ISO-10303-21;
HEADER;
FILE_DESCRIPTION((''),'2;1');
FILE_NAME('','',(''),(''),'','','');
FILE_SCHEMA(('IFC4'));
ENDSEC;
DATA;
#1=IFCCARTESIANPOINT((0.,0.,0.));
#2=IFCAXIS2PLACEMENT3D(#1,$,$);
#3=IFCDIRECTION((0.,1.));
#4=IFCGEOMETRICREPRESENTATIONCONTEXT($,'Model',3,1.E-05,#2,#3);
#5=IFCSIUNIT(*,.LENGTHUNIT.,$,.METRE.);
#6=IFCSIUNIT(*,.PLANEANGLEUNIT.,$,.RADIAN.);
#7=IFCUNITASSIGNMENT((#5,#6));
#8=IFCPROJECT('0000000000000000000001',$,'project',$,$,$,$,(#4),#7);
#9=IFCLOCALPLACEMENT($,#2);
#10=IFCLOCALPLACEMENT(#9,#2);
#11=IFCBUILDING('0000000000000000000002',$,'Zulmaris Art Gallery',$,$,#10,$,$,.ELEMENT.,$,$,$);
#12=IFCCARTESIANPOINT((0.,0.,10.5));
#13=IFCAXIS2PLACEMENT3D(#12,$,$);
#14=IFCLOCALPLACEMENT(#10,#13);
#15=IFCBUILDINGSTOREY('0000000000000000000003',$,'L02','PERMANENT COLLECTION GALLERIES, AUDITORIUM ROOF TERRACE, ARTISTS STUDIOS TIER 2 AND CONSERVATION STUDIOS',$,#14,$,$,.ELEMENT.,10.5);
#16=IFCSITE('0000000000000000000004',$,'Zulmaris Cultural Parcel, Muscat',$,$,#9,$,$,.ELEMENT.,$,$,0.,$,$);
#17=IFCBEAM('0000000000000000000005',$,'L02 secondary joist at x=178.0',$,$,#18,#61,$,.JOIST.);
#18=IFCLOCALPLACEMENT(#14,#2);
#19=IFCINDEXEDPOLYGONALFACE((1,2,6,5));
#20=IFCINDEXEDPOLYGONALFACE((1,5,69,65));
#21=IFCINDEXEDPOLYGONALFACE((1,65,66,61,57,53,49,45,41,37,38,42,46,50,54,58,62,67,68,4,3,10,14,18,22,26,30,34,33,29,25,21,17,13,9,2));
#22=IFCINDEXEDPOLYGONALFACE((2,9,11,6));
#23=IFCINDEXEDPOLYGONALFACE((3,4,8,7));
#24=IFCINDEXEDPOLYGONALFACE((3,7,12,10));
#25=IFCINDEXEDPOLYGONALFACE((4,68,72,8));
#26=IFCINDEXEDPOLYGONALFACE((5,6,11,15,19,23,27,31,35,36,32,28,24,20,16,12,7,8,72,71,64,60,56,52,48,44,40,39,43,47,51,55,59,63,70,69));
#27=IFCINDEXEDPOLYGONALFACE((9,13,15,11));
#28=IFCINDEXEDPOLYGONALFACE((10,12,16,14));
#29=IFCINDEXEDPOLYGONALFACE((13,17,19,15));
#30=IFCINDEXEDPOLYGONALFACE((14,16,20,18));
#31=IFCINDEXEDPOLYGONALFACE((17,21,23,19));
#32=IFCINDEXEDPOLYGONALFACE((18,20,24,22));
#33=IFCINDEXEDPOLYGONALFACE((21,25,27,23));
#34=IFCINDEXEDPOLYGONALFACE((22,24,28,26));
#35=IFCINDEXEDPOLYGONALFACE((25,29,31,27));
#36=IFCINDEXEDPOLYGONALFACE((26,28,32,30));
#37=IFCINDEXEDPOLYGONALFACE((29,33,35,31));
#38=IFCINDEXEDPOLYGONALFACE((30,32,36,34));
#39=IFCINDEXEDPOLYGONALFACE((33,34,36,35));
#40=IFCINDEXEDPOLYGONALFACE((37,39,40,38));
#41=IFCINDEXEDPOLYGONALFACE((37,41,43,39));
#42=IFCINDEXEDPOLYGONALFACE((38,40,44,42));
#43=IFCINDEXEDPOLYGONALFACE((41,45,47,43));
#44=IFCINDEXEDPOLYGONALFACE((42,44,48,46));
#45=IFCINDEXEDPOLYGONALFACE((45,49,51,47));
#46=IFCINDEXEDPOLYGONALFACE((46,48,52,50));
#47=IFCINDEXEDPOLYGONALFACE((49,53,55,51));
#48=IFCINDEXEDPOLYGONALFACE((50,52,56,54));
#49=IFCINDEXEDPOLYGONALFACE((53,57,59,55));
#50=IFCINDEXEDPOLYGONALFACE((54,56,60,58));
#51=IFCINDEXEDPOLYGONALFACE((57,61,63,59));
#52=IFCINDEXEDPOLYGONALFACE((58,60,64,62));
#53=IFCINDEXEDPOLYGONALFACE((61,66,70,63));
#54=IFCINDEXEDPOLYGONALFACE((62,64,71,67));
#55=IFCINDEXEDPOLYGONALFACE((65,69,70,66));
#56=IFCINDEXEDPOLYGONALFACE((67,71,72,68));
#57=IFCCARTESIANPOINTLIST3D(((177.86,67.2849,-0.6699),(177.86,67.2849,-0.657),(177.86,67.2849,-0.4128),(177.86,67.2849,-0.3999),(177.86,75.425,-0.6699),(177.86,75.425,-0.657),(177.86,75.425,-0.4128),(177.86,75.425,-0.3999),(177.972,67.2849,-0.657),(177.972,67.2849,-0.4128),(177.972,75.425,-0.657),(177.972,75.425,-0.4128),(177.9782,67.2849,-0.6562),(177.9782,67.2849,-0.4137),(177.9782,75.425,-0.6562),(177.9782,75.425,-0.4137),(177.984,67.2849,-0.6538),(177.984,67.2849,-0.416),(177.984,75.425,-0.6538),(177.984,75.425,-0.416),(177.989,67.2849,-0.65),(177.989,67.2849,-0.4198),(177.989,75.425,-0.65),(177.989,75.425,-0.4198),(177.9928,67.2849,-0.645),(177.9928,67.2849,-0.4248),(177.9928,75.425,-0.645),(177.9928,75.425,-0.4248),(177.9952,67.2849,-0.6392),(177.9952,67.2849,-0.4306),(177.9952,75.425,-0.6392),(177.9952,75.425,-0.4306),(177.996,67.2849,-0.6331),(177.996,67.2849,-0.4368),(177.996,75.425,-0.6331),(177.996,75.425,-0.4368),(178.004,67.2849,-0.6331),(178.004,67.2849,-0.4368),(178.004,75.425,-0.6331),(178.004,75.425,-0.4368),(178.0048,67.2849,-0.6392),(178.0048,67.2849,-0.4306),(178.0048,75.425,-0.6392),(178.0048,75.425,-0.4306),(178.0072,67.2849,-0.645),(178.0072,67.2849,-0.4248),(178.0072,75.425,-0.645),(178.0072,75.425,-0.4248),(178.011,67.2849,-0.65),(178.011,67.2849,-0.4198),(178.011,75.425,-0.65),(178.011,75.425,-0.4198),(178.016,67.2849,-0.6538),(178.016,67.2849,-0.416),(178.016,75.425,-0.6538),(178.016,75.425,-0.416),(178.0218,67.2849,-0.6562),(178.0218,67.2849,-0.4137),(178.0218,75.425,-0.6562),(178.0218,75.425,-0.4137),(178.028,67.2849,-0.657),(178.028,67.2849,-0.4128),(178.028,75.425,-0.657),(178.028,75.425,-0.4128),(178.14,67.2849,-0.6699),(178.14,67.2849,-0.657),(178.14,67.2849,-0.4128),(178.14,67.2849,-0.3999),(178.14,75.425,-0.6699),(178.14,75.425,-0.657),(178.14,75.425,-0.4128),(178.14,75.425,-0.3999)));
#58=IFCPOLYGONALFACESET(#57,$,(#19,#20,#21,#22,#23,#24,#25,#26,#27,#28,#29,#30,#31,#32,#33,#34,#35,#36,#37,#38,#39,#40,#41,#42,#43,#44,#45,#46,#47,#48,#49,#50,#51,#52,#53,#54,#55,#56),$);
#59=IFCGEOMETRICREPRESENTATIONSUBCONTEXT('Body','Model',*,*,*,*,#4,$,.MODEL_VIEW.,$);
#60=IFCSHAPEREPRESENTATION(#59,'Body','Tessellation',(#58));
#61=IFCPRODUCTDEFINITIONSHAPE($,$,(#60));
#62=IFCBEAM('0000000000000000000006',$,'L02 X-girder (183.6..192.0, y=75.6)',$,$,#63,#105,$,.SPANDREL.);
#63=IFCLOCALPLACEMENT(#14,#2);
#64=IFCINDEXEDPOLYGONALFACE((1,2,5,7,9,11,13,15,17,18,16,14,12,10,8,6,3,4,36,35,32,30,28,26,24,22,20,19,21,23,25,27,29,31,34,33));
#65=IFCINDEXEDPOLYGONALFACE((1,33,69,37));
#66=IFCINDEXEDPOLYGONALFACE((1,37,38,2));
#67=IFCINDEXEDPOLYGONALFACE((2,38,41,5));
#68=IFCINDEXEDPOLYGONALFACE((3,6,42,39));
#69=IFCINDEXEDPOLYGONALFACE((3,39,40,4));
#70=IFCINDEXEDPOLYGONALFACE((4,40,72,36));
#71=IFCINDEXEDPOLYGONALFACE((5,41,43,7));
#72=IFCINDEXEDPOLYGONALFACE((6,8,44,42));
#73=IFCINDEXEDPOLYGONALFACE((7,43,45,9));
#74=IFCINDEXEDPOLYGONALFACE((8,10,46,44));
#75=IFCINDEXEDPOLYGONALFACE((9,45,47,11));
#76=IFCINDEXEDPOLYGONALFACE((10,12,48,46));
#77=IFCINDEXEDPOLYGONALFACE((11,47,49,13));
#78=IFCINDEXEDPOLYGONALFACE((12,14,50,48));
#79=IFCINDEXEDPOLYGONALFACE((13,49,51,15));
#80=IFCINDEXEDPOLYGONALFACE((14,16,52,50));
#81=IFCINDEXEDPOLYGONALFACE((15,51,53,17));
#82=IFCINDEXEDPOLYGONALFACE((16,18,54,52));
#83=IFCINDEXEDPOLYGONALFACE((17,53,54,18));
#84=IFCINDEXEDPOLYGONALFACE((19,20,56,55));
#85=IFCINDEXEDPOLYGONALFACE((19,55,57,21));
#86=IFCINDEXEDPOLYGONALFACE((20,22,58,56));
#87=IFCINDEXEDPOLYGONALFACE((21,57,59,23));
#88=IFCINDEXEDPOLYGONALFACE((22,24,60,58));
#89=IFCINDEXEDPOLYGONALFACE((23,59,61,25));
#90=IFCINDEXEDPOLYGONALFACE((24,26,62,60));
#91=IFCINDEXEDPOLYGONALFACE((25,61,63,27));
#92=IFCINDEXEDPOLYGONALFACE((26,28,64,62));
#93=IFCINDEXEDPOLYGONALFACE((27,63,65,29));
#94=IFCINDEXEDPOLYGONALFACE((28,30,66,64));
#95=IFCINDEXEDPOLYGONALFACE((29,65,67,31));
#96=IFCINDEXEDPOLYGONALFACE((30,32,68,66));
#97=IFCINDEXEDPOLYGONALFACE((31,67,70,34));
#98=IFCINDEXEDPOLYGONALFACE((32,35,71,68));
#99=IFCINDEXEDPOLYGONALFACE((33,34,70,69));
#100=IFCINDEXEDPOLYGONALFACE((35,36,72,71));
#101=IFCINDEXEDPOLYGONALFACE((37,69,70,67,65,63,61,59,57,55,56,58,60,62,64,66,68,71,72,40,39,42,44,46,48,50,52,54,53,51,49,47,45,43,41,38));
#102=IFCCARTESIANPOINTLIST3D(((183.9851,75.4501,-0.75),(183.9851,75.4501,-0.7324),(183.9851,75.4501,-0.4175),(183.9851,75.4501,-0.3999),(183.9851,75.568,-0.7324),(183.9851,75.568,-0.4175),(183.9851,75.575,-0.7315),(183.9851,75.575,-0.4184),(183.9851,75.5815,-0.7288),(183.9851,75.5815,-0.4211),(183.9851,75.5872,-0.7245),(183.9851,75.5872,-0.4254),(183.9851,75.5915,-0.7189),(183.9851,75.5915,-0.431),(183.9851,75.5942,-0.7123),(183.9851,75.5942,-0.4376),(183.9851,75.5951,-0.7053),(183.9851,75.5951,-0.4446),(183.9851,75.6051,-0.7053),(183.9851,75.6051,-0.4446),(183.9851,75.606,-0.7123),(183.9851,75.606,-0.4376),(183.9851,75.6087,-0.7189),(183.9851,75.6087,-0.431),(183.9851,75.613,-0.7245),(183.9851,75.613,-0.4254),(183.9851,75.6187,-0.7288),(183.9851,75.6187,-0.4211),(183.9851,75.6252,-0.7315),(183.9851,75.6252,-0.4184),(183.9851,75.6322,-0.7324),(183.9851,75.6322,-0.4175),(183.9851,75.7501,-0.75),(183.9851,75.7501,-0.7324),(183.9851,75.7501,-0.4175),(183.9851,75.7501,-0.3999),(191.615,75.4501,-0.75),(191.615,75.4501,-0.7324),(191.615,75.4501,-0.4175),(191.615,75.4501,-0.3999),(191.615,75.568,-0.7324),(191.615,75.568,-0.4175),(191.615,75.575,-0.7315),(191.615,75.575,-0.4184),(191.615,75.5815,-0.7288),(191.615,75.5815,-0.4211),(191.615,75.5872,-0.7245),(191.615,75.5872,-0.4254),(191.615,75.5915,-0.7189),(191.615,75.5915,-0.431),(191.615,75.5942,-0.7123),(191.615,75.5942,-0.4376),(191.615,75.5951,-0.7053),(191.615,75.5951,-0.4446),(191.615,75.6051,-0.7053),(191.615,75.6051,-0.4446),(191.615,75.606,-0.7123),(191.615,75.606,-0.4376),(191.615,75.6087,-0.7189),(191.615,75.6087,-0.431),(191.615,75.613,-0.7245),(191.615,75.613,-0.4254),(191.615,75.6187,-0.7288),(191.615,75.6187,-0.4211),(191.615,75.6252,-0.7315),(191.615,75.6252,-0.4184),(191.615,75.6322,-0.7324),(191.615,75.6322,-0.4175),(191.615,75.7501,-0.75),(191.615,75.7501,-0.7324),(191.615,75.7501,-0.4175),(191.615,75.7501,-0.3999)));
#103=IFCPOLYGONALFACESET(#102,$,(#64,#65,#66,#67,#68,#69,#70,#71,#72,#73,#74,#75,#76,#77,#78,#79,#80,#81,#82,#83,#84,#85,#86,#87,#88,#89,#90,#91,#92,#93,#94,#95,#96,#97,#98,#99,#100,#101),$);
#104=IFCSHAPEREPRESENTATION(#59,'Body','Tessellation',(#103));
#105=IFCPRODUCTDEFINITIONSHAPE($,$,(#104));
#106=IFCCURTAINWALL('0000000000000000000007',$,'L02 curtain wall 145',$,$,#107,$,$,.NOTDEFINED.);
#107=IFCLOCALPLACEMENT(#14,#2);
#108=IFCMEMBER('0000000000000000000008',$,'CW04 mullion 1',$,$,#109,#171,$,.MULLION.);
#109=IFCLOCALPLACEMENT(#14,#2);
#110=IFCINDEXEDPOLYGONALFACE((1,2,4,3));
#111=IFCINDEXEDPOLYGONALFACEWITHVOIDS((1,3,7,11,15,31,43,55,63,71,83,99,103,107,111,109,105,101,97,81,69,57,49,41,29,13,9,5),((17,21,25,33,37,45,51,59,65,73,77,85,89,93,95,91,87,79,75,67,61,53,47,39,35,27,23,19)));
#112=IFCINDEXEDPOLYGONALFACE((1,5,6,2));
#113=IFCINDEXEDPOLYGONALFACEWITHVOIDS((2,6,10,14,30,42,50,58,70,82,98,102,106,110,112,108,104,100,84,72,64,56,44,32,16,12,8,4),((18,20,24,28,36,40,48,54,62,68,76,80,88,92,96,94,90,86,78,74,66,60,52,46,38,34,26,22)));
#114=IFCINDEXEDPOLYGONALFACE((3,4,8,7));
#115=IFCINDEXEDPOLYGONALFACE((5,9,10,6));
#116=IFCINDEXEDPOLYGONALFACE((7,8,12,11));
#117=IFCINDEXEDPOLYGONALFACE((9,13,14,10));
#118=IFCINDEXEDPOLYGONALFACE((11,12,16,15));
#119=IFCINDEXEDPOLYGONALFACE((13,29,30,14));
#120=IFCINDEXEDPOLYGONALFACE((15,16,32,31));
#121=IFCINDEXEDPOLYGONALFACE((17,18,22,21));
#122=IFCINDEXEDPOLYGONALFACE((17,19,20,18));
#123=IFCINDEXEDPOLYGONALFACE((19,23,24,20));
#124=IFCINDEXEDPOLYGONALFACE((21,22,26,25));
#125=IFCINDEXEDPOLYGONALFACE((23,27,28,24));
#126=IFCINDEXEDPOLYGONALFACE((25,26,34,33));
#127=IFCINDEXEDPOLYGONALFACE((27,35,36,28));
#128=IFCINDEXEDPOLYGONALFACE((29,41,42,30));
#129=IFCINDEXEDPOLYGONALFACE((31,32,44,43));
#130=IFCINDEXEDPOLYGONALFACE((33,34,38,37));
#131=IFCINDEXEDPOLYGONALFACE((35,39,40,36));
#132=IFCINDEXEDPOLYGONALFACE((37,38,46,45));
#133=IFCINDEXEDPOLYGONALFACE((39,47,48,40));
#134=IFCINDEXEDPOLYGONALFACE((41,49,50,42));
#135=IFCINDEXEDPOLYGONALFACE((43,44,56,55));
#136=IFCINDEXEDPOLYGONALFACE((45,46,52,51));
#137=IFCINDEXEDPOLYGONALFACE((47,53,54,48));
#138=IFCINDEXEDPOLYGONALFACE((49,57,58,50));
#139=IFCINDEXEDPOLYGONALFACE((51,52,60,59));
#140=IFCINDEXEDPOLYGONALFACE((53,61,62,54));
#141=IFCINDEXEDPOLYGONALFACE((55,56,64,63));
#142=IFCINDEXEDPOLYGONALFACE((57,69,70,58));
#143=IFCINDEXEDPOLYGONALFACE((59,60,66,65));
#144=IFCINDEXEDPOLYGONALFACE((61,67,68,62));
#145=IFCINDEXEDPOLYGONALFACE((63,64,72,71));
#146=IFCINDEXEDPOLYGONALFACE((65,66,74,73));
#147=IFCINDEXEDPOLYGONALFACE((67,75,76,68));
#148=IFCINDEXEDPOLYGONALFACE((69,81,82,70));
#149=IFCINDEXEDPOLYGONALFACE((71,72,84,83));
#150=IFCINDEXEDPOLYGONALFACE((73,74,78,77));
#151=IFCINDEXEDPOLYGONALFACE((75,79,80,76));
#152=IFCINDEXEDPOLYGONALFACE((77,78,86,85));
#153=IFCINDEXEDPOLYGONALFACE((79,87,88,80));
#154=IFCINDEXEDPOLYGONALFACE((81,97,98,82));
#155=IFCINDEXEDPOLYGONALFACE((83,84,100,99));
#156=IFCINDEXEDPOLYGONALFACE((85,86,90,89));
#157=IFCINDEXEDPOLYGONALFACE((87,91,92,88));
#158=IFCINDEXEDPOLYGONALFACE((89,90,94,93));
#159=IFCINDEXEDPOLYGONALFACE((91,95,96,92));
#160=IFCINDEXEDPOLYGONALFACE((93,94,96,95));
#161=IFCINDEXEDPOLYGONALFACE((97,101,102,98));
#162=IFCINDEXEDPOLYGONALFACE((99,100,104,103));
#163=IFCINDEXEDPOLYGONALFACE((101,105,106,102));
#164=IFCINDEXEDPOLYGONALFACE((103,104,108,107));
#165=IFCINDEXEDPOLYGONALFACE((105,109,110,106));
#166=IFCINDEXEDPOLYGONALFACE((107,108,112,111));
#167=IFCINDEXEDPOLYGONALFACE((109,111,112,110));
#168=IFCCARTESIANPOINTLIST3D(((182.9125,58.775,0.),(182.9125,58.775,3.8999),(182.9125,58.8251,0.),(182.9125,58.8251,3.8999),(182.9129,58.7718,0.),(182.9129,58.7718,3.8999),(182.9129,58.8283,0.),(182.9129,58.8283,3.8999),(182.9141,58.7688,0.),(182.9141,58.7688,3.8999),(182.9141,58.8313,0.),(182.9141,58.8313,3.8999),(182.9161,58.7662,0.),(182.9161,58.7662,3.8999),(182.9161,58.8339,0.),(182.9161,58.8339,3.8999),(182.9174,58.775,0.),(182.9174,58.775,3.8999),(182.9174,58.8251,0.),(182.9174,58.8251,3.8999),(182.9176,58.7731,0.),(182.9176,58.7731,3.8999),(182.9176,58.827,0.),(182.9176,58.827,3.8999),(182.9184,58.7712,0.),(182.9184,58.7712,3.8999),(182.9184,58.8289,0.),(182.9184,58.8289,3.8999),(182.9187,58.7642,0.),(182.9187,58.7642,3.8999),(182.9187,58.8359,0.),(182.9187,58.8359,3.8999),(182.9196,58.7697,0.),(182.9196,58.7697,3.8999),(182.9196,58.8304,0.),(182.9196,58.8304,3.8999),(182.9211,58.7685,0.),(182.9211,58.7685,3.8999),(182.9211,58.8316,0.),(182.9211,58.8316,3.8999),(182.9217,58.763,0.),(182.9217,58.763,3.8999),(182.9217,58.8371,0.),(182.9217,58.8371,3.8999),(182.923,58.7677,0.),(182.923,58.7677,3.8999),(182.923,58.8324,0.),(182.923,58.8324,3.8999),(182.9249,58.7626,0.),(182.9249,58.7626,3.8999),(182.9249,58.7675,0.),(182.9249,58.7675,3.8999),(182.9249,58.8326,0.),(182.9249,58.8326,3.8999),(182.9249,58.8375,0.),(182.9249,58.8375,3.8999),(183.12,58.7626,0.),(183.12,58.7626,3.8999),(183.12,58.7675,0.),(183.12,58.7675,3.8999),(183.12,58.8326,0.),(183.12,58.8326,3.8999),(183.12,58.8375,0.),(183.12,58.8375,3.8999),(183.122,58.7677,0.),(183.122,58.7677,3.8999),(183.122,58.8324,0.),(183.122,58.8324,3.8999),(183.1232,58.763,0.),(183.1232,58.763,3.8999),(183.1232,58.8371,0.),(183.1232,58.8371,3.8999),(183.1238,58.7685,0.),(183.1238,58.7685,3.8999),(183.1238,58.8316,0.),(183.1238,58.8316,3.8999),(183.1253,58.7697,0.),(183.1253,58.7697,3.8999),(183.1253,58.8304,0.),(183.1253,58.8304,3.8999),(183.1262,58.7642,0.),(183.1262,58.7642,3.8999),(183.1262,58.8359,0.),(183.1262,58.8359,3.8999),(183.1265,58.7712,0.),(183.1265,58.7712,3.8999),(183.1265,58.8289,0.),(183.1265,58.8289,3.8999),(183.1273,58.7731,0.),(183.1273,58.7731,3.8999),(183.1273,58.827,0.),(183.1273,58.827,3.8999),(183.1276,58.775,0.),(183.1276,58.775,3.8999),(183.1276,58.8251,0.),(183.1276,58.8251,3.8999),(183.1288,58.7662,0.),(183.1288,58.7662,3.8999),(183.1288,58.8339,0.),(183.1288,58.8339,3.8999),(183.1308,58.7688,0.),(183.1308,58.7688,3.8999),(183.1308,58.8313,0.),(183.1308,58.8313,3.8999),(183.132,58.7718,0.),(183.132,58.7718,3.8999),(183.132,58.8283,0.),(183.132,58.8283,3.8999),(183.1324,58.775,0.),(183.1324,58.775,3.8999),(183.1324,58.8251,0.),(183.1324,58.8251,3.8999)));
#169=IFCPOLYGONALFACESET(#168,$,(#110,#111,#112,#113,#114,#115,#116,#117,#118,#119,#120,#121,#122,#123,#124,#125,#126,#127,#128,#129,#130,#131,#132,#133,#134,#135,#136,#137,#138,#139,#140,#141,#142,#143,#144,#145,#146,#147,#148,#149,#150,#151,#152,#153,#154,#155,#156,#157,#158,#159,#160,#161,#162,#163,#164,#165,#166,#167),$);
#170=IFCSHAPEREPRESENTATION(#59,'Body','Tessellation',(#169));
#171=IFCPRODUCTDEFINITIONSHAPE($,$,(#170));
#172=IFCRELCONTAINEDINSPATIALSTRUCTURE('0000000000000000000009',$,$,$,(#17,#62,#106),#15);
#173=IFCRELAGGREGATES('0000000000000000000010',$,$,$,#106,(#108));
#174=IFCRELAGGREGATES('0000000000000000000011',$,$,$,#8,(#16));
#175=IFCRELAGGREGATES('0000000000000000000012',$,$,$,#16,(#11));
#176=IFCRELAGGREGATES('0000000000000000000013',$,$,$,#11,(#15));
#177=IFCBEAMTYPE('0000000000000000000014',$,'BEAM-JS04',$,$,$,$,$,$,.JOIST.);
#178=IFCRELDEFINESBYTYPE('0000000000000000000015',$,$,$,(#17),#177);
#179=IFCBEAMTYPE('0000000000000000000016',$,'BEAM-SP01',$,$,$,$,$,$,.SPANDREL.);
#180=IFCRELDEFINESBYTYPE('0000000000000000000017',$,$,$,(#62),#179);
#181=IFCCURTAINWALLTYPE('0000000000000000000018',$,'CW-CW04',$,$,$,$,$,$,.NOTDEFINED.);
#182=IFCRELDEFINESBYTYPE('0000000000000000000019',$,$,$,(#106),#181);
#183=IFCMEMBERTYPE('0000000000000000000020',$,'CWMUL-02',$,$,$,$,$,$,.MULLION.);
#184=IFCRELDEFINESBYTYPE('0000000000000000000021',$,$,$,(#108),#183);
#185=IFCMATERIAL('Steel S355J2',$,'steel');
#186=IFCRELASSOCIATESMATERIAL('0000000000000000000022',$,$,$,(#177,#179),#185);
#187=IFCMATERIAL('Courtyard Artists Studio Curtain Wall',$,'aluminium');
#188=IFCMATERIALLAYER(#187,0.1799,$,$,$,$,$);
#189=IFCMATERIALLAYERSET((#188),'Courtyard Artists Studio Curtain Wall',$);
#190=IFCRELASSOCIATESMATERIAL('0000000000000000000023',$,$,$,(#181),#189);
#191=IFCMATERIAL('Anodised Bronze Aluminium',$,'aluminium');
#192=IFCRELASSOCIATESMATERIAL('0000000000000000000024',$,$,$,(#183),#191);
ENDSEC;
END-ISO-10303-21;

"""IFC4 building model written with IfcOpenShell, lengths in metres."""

from ifc_helpers import new_model, si_unit, direction, frame, origin, origin_2d, place, context, subcontext, project, spatial, hollow_rectangle, i_section, extrude, material, layer, layer_set, material_profile, profile_set, type_object, element, aggregate, save


model = new_model("IFC4")

# Units and contexts
model_context = context("Model", 3, precision=1e-05, world=origin(), true_north=direction((0.0, 1.0)))
body_context = subcontext(model_context, "Body", "Model", "MODEL_VIEW")
ifc_project = project(units=[si_unit("LENGTHUNIT", "METRE"), si_unit("PLANEANGLEUNIT", "RADIAN")], contexts=[model_context])

# Site, building, storey
site_placement = place(None, origin())
site = spatial("IfcSite", under=ifc_project, at=site_placement, Name="Zulmaris Cultural Parcel, Muscat", CompositionType="ELEMENT", RefElevation=0.0)
building_placement = place(site_placement, origin())
building = spatial("IfcBuilding", under=site, at=building_placement, Name="Zulmaris Art Gallery", CompositionType="ELEMENT")
storey_placement = place(building_placement, frame((0.0, 0.0, 10.5)))
storey = spatial("IfcBuildingStorey", under=building, at=storey_placement, Name="L02", Description="PERMANENT COLLECTION GALLERIES, AUDITORIUM ROOF TERRACE, ARTISTS STUDIOS TIER 2 AND CONSERVATION STUDIOS", CompositionType="ELEMENT", Elevation=10.5)

# Beams
ifc_material_1 = material(Name="Steel S355J2", Category="steel")
ifc_material_profile_1 = material_profile(ifc_material_1, i_section(OverallWidth=0.28, OverallDepth=0.27, WebThickness=0.0081, FlangeThickness=0.0129, FilletRadius=0.0239, at=origin_2d()), Name="HEA 280")
ifc_profile_set_1 = profile_set([ifc_material_profile_1], Name="Steel S355J2")
beam_type_1 = type_object("IfcBeamType", Name="BEAM-JS04", PredefinedType="JOIST", material=ifc_profile_set_1)
beam_1_placement = place(storey_placement, frame((178.0, 67.2849, -0.5349), z_axis=(0.0, 1.0, 0.0), x_axis=(-1.0, 0.0, 0.0)))
element("IfcBeam", 1, at=beam_1_placement, inside=storey, type_object=beam_type_1, Name="L02 secondary joist at x=178.0", PredefinedType="JOIST", context=body_context, shape_type="SweptSolid", body=[
    extrude(i_section(OverallWidth=0.28, OverallDepth=0.27, WebThickness=0.0081, FlangeThickness=0.0129, FilletRadius=0.0239, at=origin_2d()), origin(), (0.0, 0.0, 1.0), 8.1401),
])
ifc_material_profile_2 = material_profile(ifc_material_1, i_section(OverallWidth=0.3, OverallDepth=0.3501, WebThickness=0.01, FlangeThickness=0.0176, FilletRadius=0.0271, at=origin_2d()), Name="HEA 360")
ifc_profile_set_2 = profile_set([ifc_material_profile_2], Name="Steel S355J2")
beam_type_2 = type_object("IfcBeamType", Name="BEAM-SP01", PredefinedType="SPANDREL", material=ifc_profile_set_2)
beam_2_placement = place(storey_placement, frame((183.9851, 75.6001, -0.575), z_axis=(1.0, 0.0, 0.0), x_axis=(0.0, 1.0, 0.0)))
element("IfcBeam", 2, at=beam_2_placement, inside=storey, type_object=beam_type_2, Name="L02 X-girder (183.6..192.0, y=75.6)", PredefinedType="SPANDREL", context=body_context, shape_type="SweptSolid", body=[
    extrude(i_section(OverallWidth=0.3, OverallDepth=0.3501, WebThickness=0.01, FlangeThickness=0.0176, FilletRadius=0.0271, at=origin_2d()), origin(), (0.0, 0.0, 1.0), 7.6299),
])

# Curtain wall, member
ifc_material_2 = material(Name="Courtyard Artists Studio Curtain Wall", Category="aluminium")
ifc_layer_1 = layer(ifc_material_2, 0.1799)
ifc_layer_set_1 = layer_set([ifc_layer_1], Name="Courtyard Artists Studio Curtain Wall")
curtain_wall_type = type_object("IfcCurtainWallType", Name="CW-CW04", PredefinedType="NOTDEFINED", material=ifc_layer_set_1)
curtain_wall_placement = place(storey_placement, origin())
curtain_wall = element("IfcCurtainWall", 3, at=curtain_wall_placement, inside=storey, type_object=curtain_wall_type, Name="L02 curtain wall 145", PredefinedType="NOTDEFINED")
ifc_material_3 = material(Name="Anodised Bronze Aluminium", Category="aluminium")
ifc_material_profile_3 = material_profile(ifc_material_3, hollow_rectangle(XDim=0.075, YDim=0.22, WallThickness=0.0049, InnerFilletRadius=0.0076, OuterFilletRadius=0.0125, at=origin_2d()), Name="ALU 75x220x5")
ifc_profile_set_3 = profile_set([ifc_material_profile_3], Name="Anodised Bronze Aluminium")
member_type_1 = type_object("IfcMemberType", Name="CWMUL-02", PredefinedType="MULLION", material=ifc_profile_set_3)
member_1_placement = place(storey_placement, frame((183.0225, 58.8, 0.0), z_axis=(0.0, 0.0, 1.0), x_axis=(0.0, -1.0, 0.0)))
member_1 = element("IfcMember", 4, at=member_1_placement, type_object=member_type_1, Name="CW04 mullion 1", PredefinedType="MULLION", context=body_context, shape_type="SweptSolid", body=[
    extrude(hollow_rectangle(XDim=0.075, YDim=0.22, WallThickness=0.0049, InnerFilletRadius=0.0076, OuterFilletRadius=0.0125, at=origin_2d()), origin(), (0.0, 0.0, 1.0), 3.8999),
])
aggregate(curtain_wall, [member_1])

save(model, "model.ifc")
